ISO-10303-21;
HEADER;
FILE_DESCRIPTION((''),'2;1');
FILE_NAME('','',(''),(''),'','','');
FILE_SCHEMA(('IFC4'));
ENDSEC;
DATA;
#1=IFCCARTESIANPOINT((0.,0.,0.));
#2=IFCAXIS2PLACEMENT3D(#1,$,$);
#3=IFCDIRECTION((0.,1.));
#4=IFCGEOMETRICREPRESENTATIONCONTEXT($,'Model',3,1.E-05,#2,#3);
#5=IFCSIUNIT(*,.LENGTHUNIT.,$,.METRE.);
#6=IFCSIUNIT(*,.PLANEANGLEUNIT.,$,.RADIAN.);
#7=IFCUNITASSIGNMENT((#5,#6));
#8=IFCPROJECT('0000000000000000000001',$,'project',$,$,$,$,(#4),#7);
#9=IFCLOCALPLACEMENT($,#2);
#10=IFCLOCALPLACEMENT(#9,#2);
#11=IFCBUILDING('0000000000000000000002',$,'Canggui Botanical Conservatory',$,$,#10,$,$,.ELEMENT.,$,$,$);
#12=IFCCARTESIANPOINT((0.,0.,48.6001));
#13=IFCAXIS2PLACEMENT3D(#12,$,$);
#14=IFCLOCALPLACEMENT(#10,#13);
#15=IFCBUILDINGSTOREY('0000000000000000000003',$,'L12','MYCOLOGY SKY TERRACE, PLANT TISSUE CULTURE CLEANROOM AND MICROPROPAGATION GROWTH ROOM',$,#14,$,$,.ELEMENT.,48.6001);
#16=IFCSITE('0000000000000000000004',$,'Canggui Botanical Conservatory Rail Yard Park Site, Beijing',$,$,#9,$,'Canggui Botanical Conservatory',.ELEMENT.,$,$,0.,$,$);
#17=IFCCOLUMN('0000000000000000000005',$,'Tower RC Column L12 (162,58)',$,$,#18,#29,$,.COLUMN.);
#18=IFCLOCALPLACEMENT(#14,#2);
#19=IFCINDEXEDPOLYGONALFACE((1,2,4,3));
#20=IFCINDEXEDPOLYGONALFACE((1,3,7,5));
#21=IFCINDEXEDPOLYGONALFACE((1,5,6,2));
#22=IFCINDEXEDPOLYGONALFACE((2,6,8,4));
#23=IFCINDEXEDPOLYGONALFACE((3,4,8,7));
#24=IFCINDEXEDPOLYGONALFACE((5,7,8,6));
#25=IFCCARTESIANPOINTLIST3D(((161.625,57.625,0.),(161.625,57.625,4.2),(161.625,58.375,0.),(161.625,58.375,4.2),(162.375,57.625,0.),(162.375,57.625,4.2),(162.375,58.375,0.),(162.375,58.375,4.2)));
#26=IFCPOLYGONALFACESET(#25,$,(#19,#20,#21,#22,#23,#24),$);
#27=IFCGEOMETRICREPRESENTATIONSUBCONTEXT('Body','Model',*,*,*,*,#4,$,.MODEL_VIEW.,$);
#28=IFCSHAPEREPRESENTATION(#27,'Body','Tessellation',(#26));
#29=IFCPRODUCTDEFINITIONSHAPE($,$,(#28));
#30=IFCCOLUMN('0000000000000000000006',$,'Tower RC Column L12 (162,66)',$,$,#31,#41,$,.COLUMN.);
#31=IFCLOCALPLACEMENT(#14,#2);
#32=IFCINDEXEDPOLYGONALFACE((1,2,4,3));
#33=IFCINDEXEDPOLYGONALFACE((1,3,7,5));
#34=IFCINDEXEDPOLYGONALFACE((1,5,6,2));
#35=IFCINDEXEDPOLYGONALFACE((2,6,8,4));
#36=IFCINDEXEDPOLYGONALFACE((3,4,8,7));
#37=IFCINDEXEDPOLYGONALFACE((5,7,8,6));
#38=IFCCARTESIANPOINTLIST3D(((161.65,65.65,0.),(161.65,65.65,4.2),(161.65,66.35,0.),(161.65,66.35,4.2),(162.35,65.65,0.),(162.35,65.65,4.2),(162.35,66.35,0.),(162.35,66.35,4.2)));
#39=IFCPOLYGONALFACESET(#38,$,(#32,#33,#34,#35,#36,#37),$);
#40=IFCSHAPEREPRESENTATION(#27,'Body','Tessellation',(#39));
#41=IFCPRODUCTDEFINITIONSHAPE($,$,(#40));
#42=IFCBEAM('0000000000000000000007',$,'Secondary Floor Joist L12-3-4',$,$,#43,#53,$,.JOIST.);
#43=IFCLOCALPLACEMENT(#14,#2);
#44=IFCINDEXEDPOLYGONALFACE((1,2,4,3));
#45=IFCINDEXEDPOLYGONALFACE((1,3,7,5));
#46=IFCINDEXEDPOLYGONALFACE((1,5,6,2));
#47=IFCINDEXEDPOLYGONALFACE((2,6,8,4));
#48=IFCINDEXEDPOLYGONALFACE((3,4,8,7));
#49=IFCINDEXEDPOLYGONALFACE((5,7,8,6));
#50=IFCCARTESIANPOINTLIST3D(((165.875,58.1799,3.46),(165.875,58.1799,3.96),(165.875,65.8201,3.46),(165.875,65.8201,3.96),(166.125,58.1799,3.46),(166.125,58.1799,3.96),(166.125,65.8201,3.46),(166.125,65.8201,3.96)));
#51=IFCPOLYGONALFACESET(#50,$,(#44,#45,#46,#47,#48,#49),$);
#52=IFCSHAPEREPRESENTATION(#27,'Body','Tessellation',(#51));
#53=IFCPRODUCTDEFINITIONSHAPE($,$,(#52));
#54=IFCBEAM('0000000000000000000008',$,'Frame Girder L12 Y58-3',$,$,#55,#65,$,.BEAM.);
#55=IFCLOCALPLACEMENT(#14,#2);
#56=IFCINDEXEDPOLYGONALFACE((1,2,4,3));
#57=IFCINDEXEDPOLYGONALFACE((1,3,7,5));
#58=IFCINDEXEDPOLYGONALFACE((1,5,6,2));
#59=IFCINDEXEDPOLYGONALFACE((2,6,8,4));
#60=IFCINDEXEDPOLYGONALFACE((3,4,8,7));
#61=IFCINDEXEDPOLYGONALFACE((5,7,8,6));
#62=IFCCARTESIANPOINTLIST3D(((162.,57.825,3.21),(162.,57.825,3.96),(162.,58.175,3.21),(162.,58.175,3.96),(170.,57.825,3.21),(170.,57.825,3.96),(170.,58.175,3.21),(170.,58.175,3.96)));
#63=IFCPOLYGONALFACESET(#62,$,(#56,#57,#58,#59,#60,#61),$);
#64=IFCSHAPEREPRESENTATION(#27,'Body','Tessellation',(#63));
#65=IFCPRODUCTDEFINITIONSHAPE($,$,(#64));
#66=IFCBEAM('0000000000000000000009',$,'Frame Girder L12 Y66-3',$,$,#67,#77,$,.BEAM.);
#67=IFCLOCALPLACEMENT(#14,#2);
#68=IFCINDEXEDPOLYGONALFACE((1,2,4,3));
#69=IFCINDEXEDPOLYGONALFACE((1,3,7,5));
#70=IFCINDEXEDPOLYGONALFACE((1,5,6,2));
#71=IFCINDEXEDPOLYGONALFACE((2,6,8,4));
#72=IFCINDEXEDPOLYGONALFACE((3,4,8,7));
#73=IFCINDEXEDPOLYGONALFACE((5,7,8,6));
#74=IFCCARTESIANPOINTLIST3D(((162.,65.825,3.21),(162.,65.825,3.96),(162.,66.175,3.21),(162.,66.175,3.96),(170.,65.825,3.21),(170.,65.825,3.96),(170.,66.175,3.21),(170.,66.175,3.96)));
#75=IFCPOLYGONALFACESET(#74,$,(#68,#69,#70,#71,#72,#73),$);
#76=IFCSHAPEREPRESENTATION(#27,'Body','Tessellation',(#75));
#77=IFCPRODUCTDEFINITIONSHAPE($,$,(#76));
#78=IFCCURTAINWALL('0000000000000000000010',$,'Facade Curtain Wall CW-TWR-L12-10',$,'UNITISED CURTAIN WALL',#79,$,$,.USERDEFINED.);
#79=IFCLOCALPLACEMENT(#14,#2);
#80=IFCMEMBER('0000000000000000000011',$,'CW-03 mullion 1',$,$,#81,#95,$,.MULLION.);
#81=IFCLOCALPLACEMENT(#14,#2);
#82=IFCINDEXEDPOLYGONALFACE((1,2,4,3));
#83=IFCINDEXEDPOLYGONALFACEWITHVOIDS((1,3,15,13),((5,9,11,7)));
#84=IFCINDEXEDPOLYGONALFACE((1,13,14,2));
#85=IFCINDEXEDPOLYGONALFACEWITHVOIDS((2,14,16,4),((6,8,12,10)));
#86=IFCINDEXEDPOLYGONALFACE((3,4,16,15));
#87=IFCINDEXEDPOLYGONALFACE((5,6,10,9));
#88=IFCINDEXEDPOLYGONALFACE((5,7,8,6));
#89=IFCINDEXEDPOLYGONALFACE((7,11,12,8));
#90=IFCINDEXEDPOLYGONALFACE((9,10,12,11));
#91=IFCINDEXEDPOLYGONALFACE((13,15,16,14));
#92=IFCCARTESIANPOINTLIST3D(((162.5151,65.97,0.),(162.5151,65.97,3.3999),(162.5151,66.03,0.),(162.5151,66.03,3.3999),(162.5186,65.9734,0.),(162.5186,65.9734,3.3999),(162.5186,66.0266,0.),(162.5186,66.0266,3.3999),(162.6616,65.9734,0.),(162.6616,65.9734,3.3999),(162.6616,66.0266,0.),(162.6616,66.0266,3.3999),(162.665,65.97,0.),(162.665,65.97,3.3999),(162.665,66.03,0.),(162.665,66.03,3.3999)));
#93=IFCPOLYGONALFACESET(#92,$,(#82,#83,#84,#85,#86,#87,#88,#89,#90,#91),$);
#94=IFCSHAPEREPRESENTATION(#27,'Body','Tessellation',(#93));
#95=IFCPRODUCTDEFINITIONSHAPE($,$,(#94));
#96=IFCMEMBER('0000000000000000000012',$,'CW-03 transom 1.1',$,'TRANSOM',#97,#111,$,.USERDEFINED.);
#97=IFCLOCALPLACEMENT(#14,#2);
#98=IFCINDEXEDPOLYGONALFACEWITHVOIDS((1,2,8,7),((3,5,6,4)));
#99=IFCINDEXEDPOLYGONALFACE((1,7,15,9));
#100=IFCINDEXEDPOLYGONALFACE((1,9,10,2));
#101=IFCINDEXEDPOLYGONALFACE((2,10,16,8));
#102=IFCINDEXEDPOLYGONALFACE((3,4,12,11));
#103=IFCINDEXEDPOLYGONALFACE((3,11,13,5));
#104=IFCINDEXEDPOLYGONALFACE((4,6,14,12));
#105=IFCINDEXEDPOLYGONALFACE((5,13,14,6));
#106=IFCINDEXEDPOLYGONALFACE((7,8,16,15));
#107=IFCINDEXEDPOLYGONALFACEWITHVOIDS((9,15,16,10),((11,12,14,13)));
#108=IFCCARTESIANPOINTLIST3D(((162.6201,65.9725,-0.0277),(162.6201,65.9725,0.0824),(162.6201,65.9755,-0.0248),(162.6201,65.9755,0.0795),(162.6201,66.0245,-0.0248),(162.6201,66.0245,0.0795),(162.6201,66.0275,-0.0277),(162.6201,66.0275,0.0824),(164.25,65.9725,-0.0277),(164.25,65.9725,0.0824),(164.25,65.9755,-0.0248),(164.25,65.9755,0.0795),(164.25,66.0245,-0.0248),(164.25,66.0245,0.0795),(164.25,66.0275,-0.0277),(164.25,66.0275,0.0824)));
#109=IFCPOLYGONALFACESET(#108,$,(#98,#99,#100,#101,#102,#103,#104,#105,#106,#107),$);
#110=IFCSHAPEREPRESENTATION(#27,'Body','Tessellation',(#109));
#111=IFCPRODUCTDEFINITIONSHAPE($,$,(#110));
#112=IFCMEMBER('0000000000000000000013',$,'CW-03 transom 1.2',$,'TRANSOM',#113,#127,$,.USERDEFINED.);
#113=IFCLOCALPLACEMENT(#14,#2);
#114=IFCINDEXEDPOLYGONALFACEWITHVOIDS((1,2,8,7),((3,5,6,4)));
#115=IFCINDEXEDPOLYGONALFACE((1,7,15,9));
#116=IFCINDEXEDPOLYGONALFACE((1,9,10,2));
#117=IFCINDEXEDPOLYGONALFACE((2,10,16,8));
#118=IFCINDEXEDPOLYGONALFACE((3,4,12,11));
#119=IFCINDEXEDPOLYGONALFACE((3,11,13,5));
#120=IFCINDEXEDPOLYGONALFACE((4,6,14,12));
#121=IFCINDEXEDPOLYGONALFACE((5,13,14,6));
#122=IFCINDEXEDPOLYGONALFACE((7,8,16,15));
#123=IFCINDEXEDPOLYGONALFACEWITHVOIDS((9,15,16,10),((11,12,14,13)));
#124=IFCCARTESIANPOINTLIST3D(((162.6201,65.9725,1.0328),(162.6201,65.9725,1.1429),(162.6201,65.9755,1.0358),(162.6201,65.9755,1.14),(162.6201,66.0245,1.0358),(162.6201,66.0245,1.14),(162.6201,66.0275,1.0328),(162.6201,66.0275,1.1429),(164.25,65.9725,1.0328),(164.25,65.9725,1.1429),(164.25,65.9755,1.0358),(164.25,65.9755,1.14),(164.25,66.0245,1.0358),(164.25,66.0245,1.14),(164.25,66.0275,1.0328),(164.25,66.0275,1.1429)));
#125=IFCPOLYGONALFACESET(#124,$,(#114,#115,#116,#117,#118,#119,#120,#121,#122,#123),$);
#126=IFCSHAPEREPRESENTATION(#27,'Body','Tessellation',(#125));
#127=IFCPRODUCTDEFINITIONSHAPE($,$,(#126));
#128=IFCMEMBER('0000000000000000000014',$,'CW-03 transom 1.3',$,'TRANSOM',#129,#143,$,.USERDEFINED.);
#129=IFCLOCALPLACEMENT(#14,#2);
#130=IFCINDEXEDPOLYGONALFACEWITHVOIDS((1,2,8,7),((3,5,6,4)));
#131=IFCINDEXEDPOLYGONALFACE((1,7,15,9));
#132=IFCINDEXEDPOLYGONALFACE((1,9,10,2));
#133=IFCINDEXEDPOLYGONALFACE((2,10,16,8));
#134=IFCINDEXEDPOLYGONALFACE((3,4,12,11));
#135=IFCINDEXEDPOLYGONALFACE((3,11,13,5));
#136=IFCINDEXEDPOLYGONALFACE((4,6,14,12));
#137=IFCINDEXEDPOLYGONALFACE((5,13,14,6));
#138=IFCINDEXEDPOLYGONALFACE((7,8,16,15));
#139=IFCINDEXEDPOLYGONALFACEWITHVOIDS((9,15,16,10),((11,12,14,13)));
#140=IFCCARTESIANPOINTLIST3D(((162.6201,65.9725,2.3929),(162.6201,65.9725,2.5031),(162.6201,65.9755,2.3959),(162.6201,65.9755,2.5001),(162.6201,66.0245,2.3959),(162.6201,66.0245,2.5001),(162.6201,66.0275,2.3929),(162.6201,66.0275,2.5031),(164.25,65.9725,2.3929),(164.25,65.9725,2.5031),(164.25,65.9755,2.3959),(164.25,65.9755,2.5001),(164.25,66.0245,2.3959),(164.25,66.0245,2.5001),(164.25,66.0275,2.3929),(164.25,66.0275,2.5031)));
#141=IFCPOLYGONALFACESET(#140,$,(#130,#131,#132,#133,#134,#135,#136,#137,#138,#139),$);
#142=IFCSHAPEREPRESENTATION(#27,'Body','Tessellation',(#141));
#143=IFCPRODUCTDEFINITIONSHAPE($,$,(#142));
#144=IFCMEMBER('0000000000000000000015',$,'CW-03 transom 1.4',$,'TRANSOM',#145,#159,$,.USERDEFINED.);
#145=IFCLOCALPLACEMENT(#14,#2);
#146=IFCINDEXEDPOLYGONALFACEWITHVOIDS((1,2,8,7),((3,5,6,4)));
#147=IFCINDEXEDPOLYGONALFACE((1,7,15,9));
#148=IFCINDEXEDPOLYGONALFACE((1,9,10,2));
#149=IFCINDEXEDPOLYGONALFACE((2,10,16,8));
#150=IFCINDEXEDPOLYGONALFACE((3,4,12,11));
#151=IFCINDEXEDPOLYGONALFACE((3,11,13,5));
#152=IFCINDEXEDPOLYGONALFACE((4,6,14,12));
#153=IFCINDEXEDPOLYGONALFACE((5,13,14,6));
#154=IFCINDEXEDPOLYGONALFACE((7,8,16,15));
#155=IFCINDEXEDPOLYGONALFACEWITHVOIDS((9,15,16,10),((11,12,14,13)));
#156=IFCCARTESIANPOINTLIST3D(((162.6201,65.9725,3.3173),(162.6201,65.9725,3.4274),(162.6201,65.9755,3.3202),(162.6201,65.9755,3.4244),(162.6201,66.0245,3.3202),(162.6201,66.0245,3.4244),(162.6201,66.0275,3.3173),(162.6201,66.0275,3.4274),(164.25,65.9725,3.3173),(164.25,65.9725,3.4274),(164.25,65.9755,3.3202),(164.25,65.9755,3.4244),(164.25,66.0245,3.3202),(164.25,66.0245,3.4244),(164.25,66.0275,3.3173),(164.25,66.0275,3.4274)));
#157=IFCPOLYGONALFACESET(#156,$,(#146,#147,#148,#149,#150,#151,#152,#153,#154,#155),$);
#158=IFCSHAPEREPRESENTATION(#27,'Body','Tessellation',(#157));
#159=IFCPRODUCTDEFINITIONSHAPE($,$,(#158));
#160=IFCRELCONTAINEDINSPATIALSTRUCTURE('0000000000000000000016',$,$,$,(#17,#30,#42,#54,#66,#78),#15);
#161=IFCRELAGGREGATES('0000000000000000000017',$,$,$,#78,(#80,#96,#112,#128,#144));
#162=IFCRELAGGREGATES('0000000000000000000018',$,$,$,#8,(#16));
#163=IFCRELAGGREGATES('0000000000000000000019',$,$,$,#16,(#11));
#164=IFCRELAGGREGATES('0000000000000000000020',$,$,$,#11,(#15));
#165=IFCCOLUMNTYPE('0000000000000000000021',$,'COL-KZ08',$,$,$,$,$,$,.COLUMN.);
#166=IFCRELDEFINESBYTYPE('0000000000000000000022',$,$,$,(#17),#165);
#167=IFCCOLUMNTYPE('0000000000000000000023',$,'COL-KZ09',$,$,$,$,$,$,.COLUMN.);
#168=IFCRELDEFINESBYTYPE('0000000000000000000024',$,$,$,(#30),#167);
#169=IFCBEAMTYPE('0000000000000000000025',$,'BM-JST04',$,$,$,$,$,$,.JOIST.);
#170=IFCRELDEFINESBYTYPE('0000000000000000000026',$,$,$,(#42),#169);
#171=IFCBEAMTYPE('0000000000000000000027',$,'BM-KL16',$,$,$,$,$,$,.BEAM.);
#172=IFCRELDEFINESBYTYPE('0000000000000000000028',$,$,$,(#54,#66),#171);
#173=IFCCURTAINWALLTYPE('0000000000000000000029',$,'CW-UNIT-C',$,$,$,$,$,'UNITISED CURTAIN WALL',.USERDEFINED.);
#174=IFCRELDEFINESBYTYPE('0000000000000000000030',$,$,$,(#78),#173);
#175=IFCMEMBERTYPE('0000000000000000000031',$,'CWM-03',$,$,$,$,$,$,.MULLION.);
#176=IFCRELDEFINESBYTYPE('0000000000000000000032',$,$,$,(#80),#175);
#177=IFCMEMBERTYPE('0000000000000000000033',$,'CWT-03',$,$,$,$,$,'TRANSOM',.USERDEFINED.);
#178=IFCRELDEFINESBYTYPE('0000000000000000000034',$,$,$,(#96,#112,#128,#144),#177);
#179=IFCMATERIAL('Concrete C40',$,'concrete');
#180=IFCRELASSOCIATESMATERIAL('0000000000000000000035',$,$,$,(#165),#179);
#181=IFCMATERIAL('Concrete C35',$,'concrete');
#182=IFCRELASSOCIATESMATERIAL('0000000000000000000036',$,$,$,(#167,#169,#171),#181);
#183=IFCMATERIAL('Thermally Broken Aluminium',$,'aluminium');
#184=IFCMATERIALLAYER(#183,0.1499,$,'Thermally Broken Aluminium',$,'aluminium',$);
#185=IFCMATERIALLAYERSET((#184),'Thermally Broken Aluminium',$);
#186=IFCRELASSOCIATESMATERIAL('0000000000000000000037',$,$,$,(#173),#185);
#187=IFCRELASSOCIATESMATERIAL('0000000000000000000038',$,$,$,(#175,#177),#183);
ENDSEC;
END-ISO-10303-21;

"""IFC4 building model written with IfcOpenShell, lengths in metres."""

from ifc_helpers import new_model, si_unit, direction, frame, origin, origin_2d, place, context, subcontext, project, spatial, rectangle, hollow_rectangle, extrude, material, layer, layer_set, material_profile, profile_set, type_object, element, aggregate, save


model = new_model("IFC4")

# Units and contexts
model_context = context("Model", 3, precision=1e-05, world=origin(), true_north=direction((0.0, 1.0)))
body_context = subcontext(model_context, "Body", "Model", "MODEL_VIEW")
ifc_project = project(units=[si_unit("LENGTHUNIT", "METRE"), si_unit("PLANEANGLEUNIT", "RADIAN")], contexts=[model_context])

# Site, building, storey
site_placement = place(None, origin())
site = spatial("IfcSite", under=ifc_project, at=site_placement, Name="Canggui Botanical Conservatory Rail Yard Park Site, Beijing", LongName="Canggui Botanical Conservatory", CompositionType="ELEMENT", RefElevation=0.0)
building_placement = place(site_placement, origin())
building = spatial("IfcBuilding", under=site, at=building_placement, Name="Canggui Botanical Conservatory", CompositionType="ELEMENT")
storey_placement = place(building_placement, frame((0.0, 0.0, 48.6001)))
storey = spatial("IfcBuildingStorey", under=building, at=storey_placement, Name="L12", Description="MYCOLOGY SKY TERRACE, PLANT TISSUE CULTURE CLEANROOM AND MICROPROPAGATION GROWTH ROOM", CompositionType="ELEMENT", Elevation=48.6001)

# Columns
ifc_material_1 = material(Name="Concrete C40", Category="concrete")
ifc_material_profile_1 = material_profile(ifc_material_1, rectangle(XDim=0.75, YDim=0.75, at=origin_2d()), Name="RC 750x750")
ifc_profile_set_1 = profile_set([ifc_material_profile_1], Name="Concrete C40")
column_type_1 = type_object("IfcColumnType", Name="COL-KZ08", PredefinedType="COLUMN", material=ifc_profile_set_1)
column_1_placement = place(storey_placement, frame((162.0, 58.0, 0.0), z_axis=(0.0, 0.0, 1.0), x_axis=(1.0, 0.0, 0.0)))
element("IfcColumn", 1, at=column_1_placement, inside=storey, type_object=column_type_1, Name="Tower RC Column L12 (162,58)", PredefinedType="COLUMN", context=body_context, shape_type="SweptSolid", body=[
    extrude(rectangle(XDim=0.75, YDim=0.75, at=origin_2d()), origin(), (0.0, 0.0, 1.0), 4.2),
])
ifc_material_2 = material(Name="Concrete C35", Category="concrete")
ifc_material_profile_2 = material_profile(ifc_material_2, rectangle(XDim=0.7, YDim=0.7, at=origin_2d()), Name="RC 700x700")
ifc_profile_set_2 = profile_set([ifc_material_profile_2], Name="Concrete C35")
column_type_2 = type_object("IfcColumnType", Name="COL-KZ09", PredefinedType="COLUMN", material=ifc_profile_set_2)
column_2_placement = place(storey_placement, frame((162.0, 66.0, 0.0), z_axis=(0.0, 0.0, 1.0), x_axis=(1.0, 0.0, 0.0)))
element("IfcColumn", 2, at=column_2_placement, inside=storey, type_object=column_type_2, Name="Tower RC Column L12 (162,66)", PredefinedType="COLUMN", context=body_context, shape_type="SweptSolid", body=[
    extrude(rectangle(XDim=0.7, YDim=0.7, at=origin_2d()), origin(), (0.0, 0.0, 1.0), 4.2),
])

# Beams
ifc_material_profile_3 = material_profile(ifc_material_2, rectangle(XDim=0.25, YDim=0.5, at=origin_2d()), Name="RB 250x500")
ifc_profile_set_3 = profile_set([ifc_material_profile_3], Name="Concrete C35")
beam_type_1 = type_object("IfcBeamType", Name="BM-JST04", PredefinedType="JOIST", material=ifc_profile_set_3)
beam_placement = place(storey_placement, frame((166.0, 58.1799, 3.71), z_axis=(0.0, 1.0, 0.0), x_axis=(-1.0, 0.0, 0.0)))
element("IfcBeam", 3, at=beam_placement, inside=storey, type_object=beam_type_1, Name="Secondary Floor Joist L12-3-4", PredefinedType="JOIST", context=body_context, shape_type="SweptSolid", body=[
    extrude(rectangle(XDim=0.25, YDim=0.5, at=origin_2d()), origin(), (0.0, 0.0, 1.0), 7.6401),
])
ifc_material_profile_4 = material_profile(ifc_material_2, rectangle(XDim=0.3501, YDim=0.75, at=origin_2d()), Name="RB 350x750")
ifc_profile_set_4 = profile_set([ifc_material_profile_4], Name="Concrete C35")
beam_type_2 = type_object("IfcBeamType", Name="BM-KL16", PredefinedType="BEAM", material=ifc_profile_set_4)
for number, where, z_axis, x_axis, name in (
    (4, (162.0, 58.0, 3.585), (1.0, 0.0, 0.0), (0.0, 1.0, 0.0), "Frame Girder L12 Y58-3"),
    (5, (162.0, 66.0, 3.585), (1.0, 0.0, 0.0), (0.0, 1.0, 0.0), "Frame Girder L12 Y66-3"),
):
    element("IfcBeam", number, at=place(storey_placement, frame(where, z_axis=z_axis, x_axis=x_axis)), inside=storey, type_object=beam_type_2, Name=name, PredefinedType="BEAM", context=body_context, shape_type="SweptSolid", body=[
        extrude(rectangle(XDim=0.3501, YDim=0.75, at=origin_2d()), origin(), (0.0, 0.0, 1.0), 8.0),
    ])

# Curtain wall, members
ifc_material_3 = material(Name="Thermally Broken Aluminium", Category="aluminium")
ifc_layer_1 = layer(ifc_material_3, 0.1499, Name="Thermally Broken Aluminium", Category="aluminium")
ifc_layer_set_1 = layer_set([ifc_layer_1], Name="Thermally Broken Aluminium")
curtain_wall_type = type_object("IfcCurtainWallType", Name="CW-UNIT-C", ElementType="UNITISED CURTAIN WALL", PredefinedType="USERDEFINED", material=ifc_layer_set_1)
curtain_wall_placement = place(storey_placement, origin())
curtain_wall = element("IfcCurtainWall", 6, at=curtain_wall_placement, inside=storey, type_object=curtain_wall_type, Name="Facade Curtain Wall CW-TWR-L12-10", ObjectType="UNITISED CURTAIN WALL", PredefinedType="USERDEFINED")
ifc_material_profile_5 = material_profile(ifc_material_3, hollow_rectangle(XDim=0.0601, YDim=0.1499, WallThickness=0.0034, at=origin_2d()), Name="CWM 60x150x3.5")
ifc_profile_set_5 = profile_set([ifc_material_profile_5], Name="Thermally Broken Aluminium")
member_type_1 = type_object("IfcMemberType", Name="CWM-03", PredefinedType="MULLION", material=ifc_profile_set_5)
member_1_placement = place(storey_placement, frame((162.5901, 66.0, 0.0), z_axis=(0.0, 0.0, 1.0), x_axis=(0.0, 1.0, 0.0)))
member_1 = element("IfcMember", 7, at=member_1_placement, type_object=member_type_1, Name="CW-03 mullion 1", PredefinedType="MULLION", context=body_context, shape_type="SweptSolid", body=[
    extrude(hollow_rectangle(XDim=0.0601, YDim=0.1499, WallThickness=0.0034, at=origin_2d()), origin(), (0.0, 0.0, 1.0), 3.3999),
])
ifc_material_profile_6 = material_profile(ifc_material_3, hollow_rectangle(XDim=0.0549, YDim=0.1101, WallThickness=0.0029, at=origin_2d()), Name="CWT 55x110x3")
ifc_profile_set_6 = profile_set([ifc_material_profile_6], Name="Thermally Broken Aluminium")
member_type_2 = type_object("IfcMemberType", Name="CWT-03", ElementType="TRANSOM", PredefinedType="USERDEFINED", material=ifc_profile_set_6)
member_2_placement = place(storey_placement, frame((162.6201, 66.0, 0.0273), z_axis=(1.0, 0.0, 0.0), x_axis=(0.0, 1.0, 0.0)))
member_2 = element("IfcMember", 8, at=member_2_placement, type_object=member_type_2, Name="CW-03 transom 1.1", ObjectType="TRANSOM", PredefinedType="USERDEFINED", context=body_context, shape_type="SweptSolid", body=[
    extrude(hollow_rectangle(XDim=0.0549, YDim=0.1101, WallThickness=0.0029, at=origin_2d()), origin(), (0.0, 0.0, 1.0), 1.6299),
])
member_3_placement = place(storey_placement, frame((162.6201, 66.0, 1.0879), z_axis=(1.0, 0.0, 0.0), x_axis=(0.0, 1.0, 0.0)))
member_3 = element("IfcMember", 9, at=member_3_placement, type_object=member_type_2, Name="CW-03 transom 1.2", ObjectType="TRANSOM", PredefinedType="USERDEFINED", context=body_context, shape_type="SweptSolid", body=[
    extrude(hollow_rectangle(XDim=0.0549, YDim=0.1101, WallThickness=0.0029, at=origin_2d()), origin(), (0.0, 0.0, 1.0), 1.6299),
])
member_4_placement = place(storey_placement, frame((162.6201, 66.0, 2.448), z_axis=(1.0, 0.0, 0.0), x_axis=(0.0, 1.0, 0.0)))
member_4 = element("IfcMember", 10, at=member_4_placement, type_object=member_type_2, Name="CW-03 transom 1.3", ObjectType="TRANSOM", PredefinedType="USERDEFINED", context=body_context, shape_type="SweptSolid", body=[
    extrude(hollow_rectangle(XDim=0.0549, YDim=0.1101, WallThickness=0.0029, at=origin_2d()), origin(), (0.0, 0.0, 1.0), 1.6299),
])
member_5_placement = place(storey_placement, frame((162.6201, 66.0, 3.3723), z_axis=(1.0, 0.0, 0.0), x_axis=(0.0, 1.0, 0.0)))
member_5 = element("IfcMember", 11, at=member_5_placement, type_object=member_type_2, Name="CW-03 transom 1.4", ObjectType="TRANSOM", PredefinedType="USERDEFINED", context=body_context, shape_type="SweptSolid", body=[
    extrude(hollow_rectangle(XDim=0.0549, YDim=0.1101, WallThickness=0.0029, at=origin_2d()), origin(), (0.0, 0.0, 1.0), 1.6299),
])
aggregate(curtain_wall, [member_1, member_2, member_3, member_4, member_5])

save(model, "model.ifc")
